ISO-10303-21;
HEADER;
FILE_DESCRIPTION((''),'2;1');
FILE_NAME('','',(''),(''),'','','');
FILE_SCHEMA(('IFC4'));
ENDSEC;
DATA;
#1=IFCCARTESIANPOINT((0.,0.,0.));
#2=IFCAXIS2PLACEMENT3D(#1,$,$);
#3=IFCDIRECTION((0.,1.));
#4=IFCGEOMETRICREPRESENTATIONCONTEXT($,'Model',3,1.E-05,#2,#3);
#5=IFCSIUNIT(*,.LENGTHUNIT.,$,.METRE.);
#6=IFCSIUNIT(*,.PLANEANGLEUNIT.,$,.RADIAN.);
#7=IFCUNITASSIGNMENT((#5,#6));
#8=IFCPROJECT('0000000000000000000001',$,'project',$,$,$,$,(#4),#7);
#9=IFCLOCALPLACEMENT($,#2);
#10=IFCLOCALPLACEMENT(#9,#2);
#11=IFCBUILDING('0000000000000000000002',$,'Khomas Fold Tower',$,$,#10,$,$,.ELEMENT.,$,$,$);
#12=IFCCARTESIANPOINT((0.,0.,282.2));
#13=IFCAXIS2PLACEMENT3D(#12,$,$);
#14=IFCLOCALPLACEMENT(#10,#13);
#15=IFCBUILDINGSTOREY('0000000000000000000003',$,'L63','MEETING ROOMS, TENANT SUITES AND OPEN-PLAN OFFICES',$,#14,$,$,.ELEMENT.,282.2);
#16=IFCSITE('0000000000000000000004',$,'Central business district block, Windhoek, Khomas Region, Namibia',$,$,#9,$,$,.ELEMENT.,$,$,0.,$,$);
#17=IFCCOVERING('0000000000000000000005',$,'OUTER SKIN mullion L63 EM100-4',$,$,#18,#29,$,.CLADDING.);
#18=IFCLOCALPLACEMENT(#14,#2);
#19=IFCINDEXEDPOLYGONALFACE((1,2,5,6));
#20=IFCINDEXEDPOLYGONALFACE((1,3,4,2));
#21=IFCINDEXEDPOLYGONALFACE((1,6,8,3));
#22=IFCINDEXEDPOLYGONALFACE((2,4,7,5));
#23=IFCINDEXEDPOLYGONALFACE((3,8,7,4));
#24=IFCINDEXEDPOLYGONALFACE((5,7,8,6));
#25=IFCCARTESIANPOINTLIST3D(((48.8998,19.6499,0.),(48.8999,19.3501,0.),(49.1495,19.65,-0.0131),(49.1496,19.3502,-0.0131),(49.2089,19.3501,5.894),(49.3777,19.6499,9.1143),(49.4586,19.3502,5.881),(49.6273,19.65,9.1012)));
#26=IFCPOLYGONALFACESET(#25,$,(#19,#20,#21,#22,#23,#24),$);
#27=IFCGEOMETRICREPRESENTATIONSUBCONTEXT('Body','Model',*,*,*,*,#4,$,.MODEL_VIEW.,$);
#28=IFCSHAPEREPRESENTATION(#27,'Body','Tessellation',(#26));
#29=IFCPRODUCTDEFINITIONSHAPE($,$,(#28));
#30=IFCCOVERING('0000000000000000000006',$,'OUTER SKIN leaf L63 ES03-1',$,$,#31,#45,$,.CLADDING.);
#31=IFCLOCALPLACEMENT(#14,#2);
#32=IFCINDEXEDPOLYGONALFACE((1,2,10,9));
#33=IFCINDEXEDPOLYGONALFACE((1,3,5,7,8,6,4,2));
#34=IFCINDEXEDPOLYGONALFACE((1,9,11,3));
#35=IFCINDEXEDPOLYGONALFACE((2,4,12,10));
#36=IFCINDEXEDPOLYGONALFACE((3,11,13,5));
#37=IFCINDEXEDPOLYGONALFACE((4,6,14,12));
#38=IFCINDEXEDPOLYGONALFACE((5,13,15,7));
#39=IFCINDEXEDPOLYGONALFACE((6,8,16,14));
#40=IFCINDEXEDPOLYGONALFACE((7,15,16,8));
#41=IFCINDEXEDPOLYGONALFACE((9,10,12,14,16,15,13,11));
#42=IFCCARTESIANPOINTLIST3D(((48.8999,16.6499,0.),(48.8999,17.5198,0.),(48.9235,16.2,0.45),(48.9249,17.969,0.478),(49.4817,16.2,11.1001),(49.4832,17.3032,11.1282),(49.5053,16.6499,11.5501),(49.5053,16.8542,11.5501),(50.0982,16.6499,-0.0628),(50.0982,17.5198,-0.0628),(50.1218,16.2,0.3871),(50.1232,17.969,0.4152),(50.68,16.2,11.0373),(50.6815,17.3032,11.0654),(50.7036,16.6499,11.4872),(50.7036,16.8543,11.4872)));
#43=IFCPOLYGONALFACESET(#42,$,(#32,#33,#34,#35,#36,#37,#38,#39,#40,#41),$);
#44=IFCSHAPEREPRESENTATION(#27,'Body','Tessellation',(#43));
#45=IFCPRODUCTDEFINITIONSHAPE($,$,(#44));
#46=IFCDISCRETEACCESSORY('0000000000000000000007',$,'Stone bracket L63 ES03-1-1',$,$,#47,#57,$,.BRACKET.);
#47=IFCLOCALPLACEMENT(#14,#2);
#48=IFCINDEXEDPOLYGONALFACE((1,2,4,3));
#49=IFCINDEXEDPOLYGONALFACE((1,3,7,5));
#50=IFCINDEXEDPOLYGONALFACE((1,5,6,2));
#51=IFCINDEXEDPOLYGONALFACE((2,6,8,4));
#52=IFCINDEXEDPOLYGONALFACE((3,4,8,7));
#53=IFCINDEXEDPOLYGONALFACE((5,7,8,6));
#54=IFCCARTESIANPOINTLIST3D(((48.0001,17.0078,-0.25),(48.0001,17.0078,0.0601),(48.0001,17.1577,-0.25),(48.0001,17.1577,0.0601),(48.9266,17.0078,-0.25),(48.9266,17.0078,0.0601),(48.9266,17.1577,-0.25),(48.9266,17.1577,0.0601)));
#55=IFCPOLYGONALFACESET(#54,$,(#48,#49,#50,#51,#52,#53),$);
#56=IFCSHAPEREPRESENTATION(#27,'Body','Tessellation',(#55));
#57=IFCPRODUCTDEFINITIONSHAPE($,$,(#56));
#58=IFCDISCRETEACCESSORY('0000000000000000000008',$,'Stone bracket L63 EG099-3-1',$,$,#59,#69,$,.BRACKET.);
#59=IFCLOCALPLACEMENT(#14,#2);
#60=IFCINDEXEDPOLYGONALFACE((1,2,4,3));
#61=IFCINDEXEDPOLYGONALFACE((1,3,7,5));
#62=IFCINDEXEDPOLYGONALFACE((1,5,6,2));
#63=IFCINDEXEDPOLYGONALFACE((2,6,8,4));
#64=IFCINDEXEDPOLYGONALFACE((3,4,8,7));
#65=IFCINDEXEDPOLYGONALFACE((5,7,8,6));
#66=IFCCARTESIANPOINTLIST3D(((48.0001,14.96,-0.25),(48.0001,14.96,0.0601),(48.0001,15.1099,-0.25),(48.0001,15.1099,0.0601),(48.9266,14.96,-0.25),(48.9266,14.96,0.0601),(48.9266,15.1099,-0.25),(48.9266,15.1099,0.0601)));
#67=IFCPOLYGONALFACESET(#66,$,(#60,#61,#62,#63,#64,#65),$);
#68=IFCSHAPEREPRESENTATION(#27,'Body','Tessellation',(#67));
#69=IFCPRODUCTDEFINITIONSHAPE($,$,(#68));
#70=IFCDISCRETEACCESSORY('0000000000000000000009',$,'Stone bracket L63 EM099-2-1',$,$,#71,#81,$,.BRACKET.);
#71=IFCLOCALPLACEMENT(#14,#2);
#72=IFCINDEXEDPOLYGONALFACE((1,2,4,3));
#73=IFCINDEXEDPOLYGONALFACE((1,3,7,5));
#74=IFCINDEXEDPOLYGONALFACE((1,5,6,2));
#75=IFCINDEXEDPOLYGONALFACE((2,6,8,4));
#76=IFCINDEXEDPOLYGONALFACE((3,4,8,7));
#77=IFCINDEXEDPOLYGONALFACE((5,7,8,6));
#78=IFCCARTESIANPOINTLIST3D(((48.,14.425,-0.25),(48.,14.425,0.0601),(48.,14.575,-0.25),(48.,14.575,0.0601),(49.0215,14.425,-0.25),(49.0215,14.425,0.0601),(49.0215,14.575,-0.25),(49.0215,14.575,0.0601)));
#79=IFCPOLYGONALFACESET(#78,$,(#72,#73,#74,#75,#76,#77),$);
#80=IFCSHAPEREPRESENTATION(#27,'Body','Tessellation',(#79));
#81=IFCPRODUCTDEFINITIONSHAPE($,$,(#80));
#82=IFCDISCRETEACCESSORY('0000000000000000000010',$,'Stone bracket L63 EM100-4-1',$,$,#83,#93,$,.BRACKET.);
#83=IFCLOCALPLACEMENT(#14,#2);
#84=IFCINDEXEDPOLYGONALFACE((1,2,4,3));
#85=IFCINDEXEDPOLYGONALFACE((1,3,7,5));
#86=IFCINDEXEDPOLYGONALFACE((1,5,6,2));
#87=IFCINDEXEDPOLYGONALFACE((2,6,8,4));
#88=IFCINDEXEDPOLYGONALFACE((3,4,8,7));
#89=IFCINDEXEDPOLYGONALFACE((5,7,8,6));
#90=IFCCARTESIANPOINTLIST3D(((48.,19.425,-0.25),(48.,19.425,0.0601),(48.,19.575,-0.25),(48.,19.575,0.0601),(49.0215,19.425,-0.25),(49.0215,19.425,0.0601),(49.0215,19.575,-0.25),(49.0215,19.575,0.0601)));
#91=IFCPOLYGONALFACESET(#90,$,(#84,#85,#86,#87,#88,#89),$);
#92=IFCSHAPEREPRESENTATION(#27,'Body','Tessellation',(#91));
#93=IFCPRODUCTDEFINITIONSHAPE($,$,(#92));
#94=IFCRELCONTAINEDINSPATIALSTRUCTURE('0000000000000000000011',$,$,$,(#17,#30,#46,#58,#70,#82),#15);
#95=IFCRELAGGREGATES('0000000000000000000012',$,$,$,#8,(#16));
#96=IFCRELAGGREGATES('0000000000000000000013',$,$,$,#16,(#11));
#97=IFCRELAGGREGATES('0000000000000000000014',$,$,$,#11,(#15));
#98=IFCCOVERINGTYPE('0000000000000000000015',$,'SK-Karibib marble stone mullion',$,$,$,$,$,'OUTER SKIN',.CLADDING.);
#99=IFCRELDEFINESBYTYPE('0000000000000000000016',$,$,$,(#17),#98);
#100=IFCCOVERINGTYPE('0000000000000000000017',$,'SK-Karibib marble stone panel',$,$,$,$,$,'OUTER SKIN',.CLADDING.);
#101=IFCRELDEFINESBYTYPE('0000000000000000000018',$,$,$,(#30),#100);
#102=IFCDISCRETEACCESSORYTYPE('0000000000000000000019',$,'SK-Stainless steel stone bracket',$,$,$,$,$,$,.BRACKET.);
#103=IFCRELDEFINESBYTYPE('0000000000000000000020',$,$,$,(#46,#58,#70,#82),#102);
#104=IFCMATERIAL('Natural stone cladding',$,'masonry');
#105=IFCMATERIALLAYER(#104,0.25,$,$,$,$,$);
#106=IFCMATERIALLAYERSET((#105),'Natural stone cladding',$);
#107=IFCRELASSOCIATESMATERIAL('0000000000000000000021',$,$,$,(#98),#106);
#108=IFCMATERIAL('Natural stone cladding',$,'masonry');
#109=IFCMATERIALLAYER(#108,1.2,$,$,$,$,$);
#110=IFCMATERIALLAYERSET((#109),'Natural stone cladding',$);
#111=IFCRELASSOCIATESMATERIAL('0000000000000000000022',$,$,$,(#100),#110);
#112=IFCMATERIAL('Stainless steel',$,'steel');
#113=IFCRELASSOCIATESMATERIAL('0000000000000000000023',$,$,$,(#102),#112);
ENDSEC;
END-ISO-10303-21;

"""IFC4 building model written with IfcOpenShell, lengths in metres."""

from ifc_helpers import new_model, si_unit, direction, frame, origin, origin_2d, place, context, subcontext, project, spatial, polyline, rectangle, outline, extrude, source, transform, mapped, material, layer, layer_set, type_object, element, save


model = new_model("IFC4")

# Units and contexts
model_context = context("Model", 3, precision=1e-05, world=origin(), true_north=direction((0.0, 1.0)))
body_context = subcontext(model_context, "Body", "Model", "MODEL_VIEW")
ifc_project = project(units=[si_unit("LENGTHUNIT", "METRE"), si_unit("PLANEANGLEUNIT", "RADIAN")], contexts=[model_context])

# Site, building, storey
site_placement = place(None, origin())
site = spatial("IfcSite", under=ifc_project, at=site_placement, Name="Central business district block, Windhoek, Khomas Region, Namibia", CompositionType="ELEMENT", RefElevation=0.0)
building_placement = place(site_placement, origin())
building = spatial("IfcBuilding", under=site, at=building_placement, Name="Khomas Fold Tower", CompositionType="ELEMENT")
storey_placement = place(building_placement, frame((0.0, 0.0, 282.2)))
storey = spatial("IfcBuildingStorey", under=building, at=storey_placement, Name="L63", Description="MEETING ROOMS, TENANT SUITES AND OPEN-PLAN OFFICES", CompositionType="ELEMENT", Elevation=282.2)

# Coverings
ifc_material_1 = material(Name="Natural stone cladding", Category="masonry")
ifc_layer_1 = layer(ifc_material_1, 0.25)
ifc_layer_set_1 = layer_set([ifc_layer_1], Name="Natural stone cladding")
covering_type_1 = type_object("IfcCoveringType", Name="SK-Karibib marble stone mullion", ElementType="OUTER SKIN", PredefinedType="CLADDING", material=ifc_layer_set_1)
covering_1_placement = place(storey_placement, frame((48.8999, 19.3501, 0.0), z_axis=(-0.998628, -0.000217, 0.052357), x_axis=(0.052357, 0.0, 0.998628)))
element("IfcCovering", 1, at=covering_1_placement, inside=storey, type_object=covering_type_1, Name="OUTER SKIN mullion L63 EM100-4", PredefinedType="CLADDING", context=body_context, shape_type="SweptSolid", body=[
    extrude(outline(polyline([(0.0, 0.0), (5.9021, 0.0), (9.1268, 0.2998), (0.0, 0.2998), (0.0, 0.0)])), origin(), (0.0, 0.0, -1.0), 0.25),
])
ifc_material_2 = material(Name="Natural stone cladding", Category="masonry")
ifc_layer_2 = layer(ifc_material_2, 1.2)
ifc_layer_set_2 = layer_set([ifc_layer_2], Name="Natural stone cladding")
covering_type_2 = type_object("IfcCoveringType", Name="SK-Karibib marble stone panel", ElementType="OUTER SKIN", PredefinedType="CLADDING", material=ifc_layer_set_2)
covering_2_placement = place(storey_placement, frame((49.4832, 17.3032, 11.1282), z_axis=(-0.998629, -0.000005, 0.052344), x_axis=(-0.052243, 0.062306, -0.996689)))
element("IfcCovering", 2, at=covering_2_placement, inside=storey, type_object=covering_type_2, Name="OUTER SKIN leaf L63 ES03-1", PredefinedType="CLADDING", context=body_context, shape_type="SweptSolid", body=[
    extrude(outline(polyline([(0.0, 0.0), (10.6855, 0.0), (11.1353, 0.4782), (11.0811, 1.3464), (10.6034, 1.7674), (-0.0407, 1.1029), (-0.4623, 0.6257), (-0.4496, 0.4218), (0.0, 0.0)])), origin(), (0.0, 0.0, -1.0), 1.2),
])

# Discrete accessories
ifc_material_3 = material(Name="Stainless steel", Category="steel")
discrete_accessory_type = type_object("IfcDiscreteAccessoryType", Name="SK-Stainless steel stone bracket", PredefinedType="BRACKET", material=ifc_material_3)
shared_shape_1 = source(origin(), body_context, "Body", "SweptSolid", [
    extrude(rectangle(XDim=0.9265, YDim=0.1499, at=origin_2d()), origin(), (0.0, 0.0, 1.0), 0.3101),
])
for number, where, z_axis, x_axis, name in (
    (3, (48.4634, 17.0828, -0.25), (0.0, 0.0, 1.0), (1.0, 0.0, 0.0), "Stone bracket L63 ES03-1-1"),
    (4, (48.4634, 15.0349, -0.25), (0.0, 0.0, 1.0), (1.0, 0.0, 0.0), "Stone bracket L63 EG099-3-1"),
):
    element("IfcDiscreteAccessory", number, at=place(storey_placement, frame(where, z_axis=z_axis, x_axis=x_axis)), inside=storey, type_object=discrete_accessory_type, Name=name, PredefinedType="BRACKET", context=body_context, shape_type="MappedRepresentation", body=[
        mapped(shared_shape_1, transform((0.0, 0.0, 0.0))),
    ])
shared_shape_2 = source(origin(), body_context, "Body", "SweptSolid", [
    extrude(rectangle(XDim=1.0215, YDim=0.1499, at=origin_2d()), origin(), (0.0, 0.0, 1.0), 0.3101),
])
for number, where, z_axis, x_axis, name in (
    (5, (48.5107, 14.5, -0.25), (0.0, 0.0, 1.0), (1.0, 0.0, 0.0), "Stone bracket L63 EM099-2-1"),
    (6, (48.5107, 19.5, -0.25), (0.0, 0.0, 1.0), (1.0, 0.0, 0.0), "Stone bracket L63 EM100-4-1"),
):
    element("IfcDiscreteAccessory", number, at=place(storey_placement, frame(where, z_axis=z_axis, x_axis=x_axis)), inside=storey, type_object=discrete_accessory_type, Name=name, PredefinedType="BRACKET", context=body_context, shape_type="MappedRepresentation", body=[
        mapped(shared_shape_2, transform((0.0, 0.0, 0.0))),
    ])

save(model, "model.ifc")
